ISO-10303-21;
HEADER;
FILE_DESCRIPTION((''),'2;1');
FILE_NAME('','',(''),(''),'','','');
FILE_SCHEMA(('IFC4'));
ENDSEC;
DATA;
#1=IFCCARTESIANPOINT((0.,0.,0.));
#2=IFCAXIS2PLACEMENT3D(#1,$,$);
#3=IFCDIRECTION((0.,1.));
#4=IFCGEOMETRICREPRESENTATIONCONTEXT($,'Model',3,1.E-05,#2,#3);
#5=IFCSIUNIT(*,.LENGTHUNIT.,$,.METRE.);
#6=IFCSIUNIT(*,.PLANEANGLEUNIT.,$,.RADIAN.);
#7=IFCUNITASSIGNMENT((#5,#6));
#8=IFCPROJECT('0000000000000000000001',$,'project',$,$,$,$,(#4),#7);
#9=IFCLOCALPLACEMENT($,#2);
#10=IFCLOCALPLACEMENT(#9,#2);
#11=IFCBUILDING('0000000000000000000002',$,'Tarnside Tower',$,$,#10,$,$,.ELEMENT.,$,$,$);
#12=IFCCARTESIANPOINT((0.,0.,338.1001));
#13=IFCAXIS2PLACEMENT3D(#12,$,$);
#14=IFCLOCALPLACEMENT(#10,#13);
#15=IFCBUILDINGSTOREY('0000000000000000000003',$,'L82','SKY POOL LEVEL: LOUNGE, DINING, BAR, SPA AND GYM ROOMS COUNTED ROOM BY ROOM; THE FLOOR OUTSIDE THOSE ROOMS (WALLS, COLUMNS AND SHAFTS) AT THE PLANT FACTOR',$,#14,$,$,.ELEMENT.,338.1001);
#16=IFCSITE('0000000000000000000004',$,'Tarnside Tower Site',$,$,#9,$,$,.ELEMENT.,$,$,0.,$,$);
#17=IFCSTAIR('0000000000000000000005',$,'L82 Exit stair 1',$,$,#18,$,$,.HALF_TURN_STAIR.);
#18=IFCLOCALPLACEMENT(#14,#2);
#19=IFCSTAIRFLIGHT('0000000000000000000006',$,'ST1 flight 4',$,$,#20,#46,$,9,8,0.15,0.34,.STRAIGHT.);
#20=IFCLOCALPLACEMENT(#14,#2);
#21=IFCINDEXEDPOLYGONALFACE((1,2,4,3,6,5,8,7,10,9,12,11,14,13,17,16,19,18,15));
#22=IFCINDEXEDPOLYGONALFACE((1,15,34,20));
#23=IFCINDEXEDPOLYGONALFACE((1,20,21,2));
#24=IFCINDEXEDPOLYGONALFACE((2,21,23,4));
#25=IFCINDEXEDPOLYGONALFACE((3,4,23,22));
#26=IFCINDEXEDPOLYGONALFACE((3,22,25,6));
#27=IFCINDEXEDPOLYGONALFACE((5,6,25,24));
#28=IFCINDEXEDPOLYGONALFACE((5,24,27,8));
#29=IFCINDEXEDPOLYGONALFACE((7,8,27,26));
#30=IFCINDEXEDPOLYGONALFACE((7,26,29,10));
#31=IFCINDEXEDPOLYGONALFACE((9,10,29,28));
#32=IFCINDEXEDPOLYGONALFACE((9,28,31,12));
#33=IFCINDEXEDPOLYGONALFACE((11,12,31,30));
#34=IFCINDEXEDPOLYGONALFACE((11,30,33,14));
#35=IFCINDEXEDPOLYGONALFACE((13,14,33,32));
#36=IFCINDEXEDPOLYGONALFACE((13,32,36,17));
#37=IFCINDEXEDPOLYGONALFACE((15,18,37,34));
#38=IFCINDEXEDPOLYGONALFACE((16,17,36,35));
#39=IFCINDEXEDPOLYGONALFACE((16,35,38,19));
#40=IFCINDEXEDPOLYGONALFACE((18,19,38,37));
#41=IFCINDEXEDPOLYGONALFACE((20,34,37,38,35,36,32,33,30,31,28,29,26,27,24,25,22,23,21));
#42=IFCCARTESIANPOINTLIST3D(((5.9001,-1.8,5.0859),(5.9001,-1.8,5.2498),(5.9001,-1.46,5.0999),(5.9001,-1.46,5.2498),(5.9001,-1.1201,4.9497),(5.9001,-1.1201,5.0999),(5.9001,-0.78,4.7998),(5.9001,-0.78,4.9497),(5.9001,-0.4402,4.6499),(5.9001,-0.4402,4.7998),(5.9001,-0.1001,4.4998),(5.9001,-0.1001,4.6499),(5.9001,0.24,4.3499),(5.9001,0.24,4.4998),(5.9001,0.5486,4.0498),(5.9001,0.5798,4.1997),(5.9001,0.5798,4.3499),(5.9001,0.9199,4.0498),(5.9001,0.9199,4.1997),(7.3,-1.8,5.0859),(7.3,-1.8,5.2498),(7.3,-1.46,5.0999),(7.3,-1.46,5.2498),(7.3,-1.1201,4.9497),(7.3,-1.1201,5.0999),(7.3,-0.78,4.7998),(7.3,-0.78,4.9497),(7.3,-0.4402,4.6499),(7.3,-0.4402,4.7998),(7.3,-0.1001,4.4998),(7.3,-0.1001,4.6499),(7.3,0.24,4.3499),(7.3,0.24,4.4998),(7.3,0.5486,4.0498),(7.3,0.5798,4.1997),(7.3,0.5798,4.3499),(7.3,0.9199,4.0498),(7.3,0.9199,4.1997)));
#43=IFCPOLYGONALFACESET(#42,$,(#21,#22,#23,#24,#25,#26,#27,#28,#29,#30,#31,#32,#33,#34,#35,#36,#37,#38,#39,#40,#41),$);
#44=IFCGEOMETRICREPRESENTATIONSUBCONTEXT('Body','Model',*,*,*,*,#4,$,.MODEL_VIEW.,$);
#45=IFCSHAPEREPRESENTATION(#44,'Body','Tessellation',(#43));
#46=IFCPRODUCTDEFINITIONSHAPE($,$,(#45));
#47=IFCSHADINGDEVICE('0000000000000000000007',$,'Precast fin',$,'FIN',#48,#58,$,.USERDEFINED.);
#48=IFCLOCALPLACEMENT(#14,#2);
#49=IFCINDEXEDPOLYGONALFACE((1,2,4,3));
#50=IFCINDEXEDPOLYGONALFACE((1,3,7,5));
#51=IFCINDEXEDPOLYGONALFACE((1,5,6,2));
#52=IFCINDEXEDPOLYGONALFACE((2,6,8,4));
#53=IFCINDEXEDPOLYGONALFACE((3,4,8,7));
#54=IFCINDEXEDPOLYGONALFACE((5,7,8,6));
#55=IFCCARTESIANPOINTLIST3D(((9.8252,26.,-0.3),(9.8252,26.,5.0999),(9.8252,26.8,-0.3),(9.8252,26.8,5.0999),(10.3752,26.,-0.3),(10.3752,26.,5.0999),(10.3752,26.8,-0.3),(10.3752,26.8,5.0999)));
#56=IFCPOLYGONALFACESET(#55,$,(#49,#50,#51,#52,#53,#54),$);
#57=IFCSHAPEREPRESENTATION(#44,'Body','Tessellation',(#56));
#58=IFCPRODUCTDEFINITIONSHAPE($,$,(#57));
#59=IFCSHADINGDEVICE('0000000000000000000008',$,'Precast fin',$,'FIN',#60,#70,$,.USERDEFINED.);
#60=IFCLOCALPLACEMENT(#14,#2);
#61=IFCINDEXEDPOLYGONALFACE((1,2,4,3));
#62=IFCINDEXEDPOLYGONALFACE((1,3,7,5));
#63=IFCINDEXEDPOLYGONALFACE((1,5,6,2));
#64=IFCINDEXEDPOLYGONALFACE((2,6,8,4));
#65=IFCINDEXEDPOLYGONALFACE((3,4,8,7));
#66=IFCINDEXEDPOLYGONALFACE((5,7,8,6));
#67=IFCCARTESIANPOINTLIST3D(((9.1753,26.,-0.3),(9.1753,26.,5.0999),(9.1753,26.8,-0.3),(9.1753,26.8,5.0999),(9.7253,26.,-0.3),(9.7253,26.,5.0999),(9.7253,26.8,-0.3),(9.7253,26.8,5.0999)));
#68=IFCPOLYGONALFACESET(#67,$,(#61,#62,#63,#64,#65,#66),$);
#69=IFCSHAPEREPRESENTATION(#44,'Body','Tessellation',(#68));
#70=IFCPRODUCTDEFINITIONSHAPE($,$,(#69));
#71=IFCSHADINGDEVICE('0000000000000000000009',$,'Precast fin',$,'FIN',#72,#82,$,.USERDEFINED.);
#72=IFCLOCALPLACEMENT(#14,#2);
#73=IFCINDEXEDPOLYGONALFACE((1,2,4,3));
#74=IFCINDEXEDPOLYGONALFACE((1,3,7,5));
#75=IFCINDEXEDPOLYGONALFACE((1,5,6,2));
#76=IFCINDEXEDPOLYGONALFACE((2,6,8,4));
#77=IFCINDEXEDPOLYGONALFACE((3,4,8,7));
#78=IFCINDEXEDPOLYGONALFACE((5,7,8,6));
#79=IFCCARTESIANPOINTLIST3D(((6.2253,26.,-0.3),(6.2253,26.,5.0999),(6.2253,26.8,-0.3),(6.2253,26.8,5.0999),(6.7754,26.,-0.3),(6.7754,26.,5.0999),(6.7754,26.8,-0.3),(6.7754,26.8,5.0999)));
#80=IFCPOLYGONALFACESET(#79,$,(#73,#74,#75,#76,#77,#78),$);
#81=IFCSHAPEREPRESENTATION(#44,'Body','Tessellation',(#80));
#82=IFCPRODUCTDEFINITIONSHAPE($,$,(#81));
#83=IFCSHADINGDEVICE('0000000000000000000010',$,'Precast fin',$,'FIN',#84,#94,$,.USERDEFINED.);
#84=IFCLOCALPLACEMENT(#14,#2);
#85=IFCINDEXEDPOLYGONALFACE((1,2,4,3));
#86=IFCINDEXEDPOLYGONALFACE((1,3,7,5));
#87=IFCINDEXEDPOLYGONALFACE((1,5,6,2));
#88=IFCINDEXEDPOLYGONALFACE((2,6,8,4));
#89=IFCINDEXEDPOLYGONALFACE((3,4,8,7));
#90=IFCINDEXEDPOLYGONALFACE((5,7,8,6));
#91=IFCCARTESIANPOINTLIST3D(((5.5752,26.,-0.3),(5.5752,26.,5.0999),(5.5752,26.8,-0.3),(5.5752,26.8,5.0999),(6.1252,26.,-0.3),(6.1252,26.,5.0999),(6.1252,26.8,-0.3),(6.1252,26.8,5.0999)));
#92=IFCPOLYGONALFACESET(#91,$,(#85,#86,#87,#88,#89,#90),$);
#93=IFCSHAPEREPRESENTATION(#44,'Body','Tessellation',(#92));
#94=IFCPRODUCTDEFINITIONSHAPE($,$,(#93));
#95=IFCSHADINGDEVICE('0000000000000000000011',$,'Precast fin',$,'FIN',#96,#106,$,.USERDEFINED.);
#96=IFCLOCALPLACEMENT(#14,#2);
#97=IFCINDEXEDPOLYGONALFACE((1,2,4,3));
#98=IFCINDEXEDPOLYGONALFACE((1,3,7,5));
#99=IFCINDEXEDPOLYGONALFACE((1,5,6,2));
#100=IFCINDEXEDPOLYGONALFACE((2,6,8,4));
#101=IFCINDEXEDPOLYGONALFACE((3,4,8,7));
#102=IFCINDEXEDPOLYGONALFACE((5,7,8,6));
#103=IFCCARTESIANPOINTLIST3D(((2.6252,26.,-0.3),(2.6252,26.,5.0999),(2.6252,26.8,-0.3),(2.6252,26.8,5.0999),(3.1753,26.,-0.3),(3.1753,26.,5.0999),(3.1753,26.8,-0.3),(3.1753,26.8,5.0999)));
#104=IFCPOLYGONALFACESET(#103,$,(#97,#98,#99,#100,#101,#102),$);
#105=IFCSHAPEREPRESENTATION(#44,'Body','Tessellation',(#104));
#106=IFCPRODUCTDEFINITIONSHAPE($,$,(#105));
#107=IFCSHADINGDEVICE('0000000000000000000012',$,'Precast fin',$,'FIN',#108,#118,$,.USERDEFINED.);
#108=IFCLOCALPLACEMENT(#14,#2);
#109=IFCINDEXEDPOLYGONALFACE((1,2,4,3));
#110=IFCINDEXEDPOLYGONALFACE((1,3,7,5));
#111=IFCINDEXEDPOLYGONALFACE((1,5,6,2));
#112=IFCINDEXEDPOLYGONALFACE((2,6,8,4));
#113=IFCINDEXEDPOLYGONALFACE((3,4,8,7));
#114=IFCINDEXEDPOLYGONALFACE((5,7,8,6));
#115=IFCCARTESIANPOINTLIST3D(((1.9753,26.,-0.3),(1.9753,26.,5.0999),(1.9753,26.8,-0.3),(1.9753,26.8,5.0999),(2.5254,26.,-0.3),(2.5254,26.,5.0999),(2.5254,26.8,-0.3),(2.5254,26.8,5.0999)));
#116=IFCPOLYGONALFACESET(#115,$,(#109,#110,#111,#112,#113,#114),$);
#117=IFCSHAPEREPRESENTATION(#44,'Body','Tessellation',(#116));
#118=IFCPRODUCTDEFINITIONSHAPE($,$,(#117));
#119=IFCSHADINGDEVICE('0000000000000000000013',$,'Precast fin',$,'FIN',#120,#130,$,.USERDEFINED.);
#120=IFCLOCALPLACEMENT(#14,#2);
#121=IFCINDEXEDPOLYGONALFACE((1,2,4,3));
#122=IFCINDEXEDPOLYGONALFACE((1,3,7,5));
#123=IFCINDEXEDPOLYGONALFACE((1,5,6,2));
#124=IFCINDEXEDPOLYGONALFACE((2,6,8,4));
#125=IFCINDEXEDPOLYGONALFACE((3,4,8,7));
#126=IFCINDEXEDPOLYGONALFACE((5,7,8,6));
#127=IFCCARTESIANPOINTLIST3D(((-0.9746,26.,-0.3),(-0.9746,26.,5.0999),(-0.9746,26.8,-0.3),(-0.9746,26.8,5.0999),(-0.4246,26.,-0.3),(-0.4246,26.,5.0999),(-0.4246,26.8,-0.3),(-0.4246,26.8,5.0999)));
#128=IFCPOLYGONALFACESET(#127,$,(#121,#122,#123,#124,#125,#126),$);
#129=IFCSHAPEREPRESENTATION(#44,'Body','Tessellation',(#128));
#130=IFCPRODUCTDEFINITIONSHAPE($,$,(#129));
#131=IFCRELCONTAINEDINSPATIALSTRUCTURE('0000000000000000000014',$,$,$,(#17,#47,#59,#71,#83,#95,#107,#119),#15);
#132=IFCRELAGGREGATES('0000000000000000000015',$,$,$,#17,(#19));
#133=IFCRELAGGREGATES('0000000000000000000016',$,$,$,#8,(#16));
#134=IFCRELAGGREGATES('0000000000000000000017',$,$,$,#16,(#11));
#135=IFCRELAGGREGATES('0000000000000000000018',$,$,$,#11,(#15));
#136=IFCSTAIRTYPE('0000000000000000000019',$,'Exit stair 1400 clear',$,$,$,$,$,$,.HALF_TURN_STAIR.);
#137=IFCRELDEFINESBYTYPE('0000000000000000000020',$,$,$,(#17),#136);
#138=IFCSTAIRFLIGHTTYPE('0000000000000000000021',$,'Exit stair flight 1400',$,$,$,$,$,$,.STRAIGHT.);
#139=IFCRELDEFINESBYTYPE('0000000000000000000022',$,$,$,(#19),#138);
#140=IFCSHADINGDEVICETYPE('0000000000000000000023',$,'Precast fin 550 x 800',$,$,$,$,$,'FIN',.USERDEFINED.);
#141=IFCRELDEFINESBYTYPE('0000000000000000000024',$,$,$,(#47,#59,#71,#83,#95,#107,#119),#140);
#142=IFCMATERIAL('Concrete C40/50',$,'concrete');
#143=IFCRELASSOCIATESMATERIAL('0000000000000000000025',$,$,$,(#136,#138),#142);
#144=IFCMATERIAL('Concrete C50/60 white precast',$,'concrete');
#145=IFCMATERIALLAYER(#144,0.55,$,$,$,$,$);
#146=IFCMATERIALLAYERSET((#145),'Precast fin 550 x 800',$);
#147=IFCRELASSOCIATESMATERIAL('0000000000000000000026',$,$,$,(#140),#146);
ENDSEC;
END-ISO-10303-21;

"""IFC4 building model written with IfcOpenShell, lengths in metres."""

from ifc_helpers import new_model, si_unit, direction, frame, origin, place, context, subcontext, project, spatial, polyline, outline, extrude, material, layer, layer_set, type_object, element, aggregate, save


model = new_model("IFC4")

# Units and contexts
model_context = context("Model", 3, precision=1e-05, world=origin(), true_north=direction((0.0, 1.0)))
body_context = subcontext(model_context, "Body", "Model", "MODEL_VIEW")
ifc_project = project(units=[si_unit("LENGTHUNIT", "METRE"), si_unit("PLANEANGLEUNIT", "RADIAN")], contexts=[model_context])

# Site, building, storey
site_placement = place(None, origin())
site = spatial("IfcSite", under=ifc_project, at=site_placement, Name="Tarnside Tower Site", CompositionType="ELEMENT", RefElevation=0.0)
building_placement = place(site_placement, origin())
building = spatial("IfcBuilding", under=site, at=building_placement, Name="Tarnside Tower", CompositionType="ELEMENT")
storey_placement = place(building_placement, frame((0.0, 0.0, 338.1001)))
storey = spatial("IfcBuildingStorey", under=building, at=storey_placement, Name="L82", Description="SKY POOL LEVEL: LOUNGE, DINING, BAR, SPA AND GYM ROOMS COUNTED ROOM BY ROOM; THE FLOOR OUTSIDE THOSE ROOMS (WALLS, COLUMNS AND SHAFTS) AT THE PLANT FACTOR", CompositionType="ELEMENT", Elevation=338.1001)

# Shared definitions
ifc_material_1 = material(Name="Concrete C40/50", Category="concrete")

# Stair, stair flight
stair_type = type_object("IfcStairType", Name="Exit stair 1400 clear", PredefinedType="HALF_TURN_STAIR", material=ifc_material_1)
stair_placement = place(storey_placement, origin())
stair = element("IfcStair", 1, at=stair_placement, inside=storey, type_object=stair_type, Name="L82 Exit stair 1", PredefinedType="HALF_TURN_STAIR")
stair_flight_type = type_object("IfcStairFlightType", Name="Exit stair flight 1400", PredefinedType="STRAIGHT", material=ifc_material_1)
stair_flight_1_placement = place(storey_placement, frame((6.6001, 0.9199, 4.0498), z_axis=(0.0, 0.0, 1.0), x_axis=(0.0, -1.0, 0.0)))
stair_flight_1 = element("IfcStairFlight", 2, at=stair_flight_1_placement, type_object=stair_flight_type, Name="ST1 flight 4", NumberOfRisers=9, NumberOfTreads=8, PredefinedType="STRAIGHT", RiserHeight=0.15, TreadLength=0.34, context=body_context, shape_type="SweptSolid", body=[
    extrude(outline(polyline([(0.0, 0.0), (0.0, 0.1499), (0.3401, 0.1499), (0.3401, 0.3), (0.6799, 0.3), (0.6799, 0.45), (1.02, 0.45), (1.02, 0.6001), (1.3601, 0.6001), (1.3601, 0.75), (1.7, 0.75), (1.7, 0.8999), (2.04, 0.8999), (2.04, 1.05), (2.3799, 1.05), (2.3799, 1.2), (2.72, 1.2), (2.72, 1.3501), (2.72, 1.0361), (0.3713, 0.0), (0.0, 0.0)])), frame((0.0, 0.7, 0.0), z_axis=(0.0, -1.0, 0.0), x_axis=(1.0, 0.0, 0.0)), (0.0, 0.0, 1.0), 1.3999),
])
aggregate(stair, [stair_flight_1])

# Shading devices
ifc_material_2 = material(Name="Concrete C50/60 white precast", Category="concrete")
ifc_layer_1 = layer(ifc_material_2, 0.55)
ifc_layer_set_1 = layer_set([ifc_layer_1], Name="Precast fin 550 x 800")
shading_device_type = type_object("IfcShadingDeviceType", Name="Precast fin 550 x 800", ElementType="FIN", PredefinedType="USERDEFINED", material=ifc_layer_set_1)
for number, where, z_axis, x_axis, name in (
    (3, (10.1001, 26.0, -0.3), (1.0, 0.0, 0.0), (0.0, 1.0, 0.0), "Precast fin"),
    (4, (9.4502, 26.0, -0.3), (1.0, 0.0, 0.0), (0.0, 1.0, 0.0), "Precast fin"),
    (5, (6.5002, 26.0, -0.3), (1.0, 0.0, 0.0), (0.0, 1.0, 0.0), "Precast fin"),
    (6, (5.8501, 26.0, -0.3), (1.0, 0.0, 0.0), (0.0, 1.0, 0.0), "Precast fin"),
    (7, (2.9001, 26.0, -0.3), (1.0, 0.0, 0.0), (0.0, 1.0, 0.0), "Precast fin"),
    (8, (2.2502, 26.0, -0.3), (1.0, 0.0, 0.0), (0.0, 1.0, 0.0), "Precast fin"),
    (9, (-0.6997, 26.0, -0.3), (1.0, 0.0, 0.0), (0.0, 1.0, 0.0), "Precast fin"),
):
    element("IfcShadingDevice", number, at=place(storey_placement, frame(where, z_axis=z_axis, x_axis=x_axis)), inside=storey, type_object=shading_device_type, Name=name, ObjectType="FIN", PredefinedType="USERDEFINED", context=body_context, shape_type="SweptSolid", body=[
        extrude(outline(polyline([(0.0, 0.0), (0.8, 0.0), (0.8, 5.3999), (0.0, 5.3999), (0.0, 0.0)])), frame((0.0, 0.0, -0.2749)), (0.0, 0.0, 1.0), 0.55),
    ])

save(model, "model.ifc")
